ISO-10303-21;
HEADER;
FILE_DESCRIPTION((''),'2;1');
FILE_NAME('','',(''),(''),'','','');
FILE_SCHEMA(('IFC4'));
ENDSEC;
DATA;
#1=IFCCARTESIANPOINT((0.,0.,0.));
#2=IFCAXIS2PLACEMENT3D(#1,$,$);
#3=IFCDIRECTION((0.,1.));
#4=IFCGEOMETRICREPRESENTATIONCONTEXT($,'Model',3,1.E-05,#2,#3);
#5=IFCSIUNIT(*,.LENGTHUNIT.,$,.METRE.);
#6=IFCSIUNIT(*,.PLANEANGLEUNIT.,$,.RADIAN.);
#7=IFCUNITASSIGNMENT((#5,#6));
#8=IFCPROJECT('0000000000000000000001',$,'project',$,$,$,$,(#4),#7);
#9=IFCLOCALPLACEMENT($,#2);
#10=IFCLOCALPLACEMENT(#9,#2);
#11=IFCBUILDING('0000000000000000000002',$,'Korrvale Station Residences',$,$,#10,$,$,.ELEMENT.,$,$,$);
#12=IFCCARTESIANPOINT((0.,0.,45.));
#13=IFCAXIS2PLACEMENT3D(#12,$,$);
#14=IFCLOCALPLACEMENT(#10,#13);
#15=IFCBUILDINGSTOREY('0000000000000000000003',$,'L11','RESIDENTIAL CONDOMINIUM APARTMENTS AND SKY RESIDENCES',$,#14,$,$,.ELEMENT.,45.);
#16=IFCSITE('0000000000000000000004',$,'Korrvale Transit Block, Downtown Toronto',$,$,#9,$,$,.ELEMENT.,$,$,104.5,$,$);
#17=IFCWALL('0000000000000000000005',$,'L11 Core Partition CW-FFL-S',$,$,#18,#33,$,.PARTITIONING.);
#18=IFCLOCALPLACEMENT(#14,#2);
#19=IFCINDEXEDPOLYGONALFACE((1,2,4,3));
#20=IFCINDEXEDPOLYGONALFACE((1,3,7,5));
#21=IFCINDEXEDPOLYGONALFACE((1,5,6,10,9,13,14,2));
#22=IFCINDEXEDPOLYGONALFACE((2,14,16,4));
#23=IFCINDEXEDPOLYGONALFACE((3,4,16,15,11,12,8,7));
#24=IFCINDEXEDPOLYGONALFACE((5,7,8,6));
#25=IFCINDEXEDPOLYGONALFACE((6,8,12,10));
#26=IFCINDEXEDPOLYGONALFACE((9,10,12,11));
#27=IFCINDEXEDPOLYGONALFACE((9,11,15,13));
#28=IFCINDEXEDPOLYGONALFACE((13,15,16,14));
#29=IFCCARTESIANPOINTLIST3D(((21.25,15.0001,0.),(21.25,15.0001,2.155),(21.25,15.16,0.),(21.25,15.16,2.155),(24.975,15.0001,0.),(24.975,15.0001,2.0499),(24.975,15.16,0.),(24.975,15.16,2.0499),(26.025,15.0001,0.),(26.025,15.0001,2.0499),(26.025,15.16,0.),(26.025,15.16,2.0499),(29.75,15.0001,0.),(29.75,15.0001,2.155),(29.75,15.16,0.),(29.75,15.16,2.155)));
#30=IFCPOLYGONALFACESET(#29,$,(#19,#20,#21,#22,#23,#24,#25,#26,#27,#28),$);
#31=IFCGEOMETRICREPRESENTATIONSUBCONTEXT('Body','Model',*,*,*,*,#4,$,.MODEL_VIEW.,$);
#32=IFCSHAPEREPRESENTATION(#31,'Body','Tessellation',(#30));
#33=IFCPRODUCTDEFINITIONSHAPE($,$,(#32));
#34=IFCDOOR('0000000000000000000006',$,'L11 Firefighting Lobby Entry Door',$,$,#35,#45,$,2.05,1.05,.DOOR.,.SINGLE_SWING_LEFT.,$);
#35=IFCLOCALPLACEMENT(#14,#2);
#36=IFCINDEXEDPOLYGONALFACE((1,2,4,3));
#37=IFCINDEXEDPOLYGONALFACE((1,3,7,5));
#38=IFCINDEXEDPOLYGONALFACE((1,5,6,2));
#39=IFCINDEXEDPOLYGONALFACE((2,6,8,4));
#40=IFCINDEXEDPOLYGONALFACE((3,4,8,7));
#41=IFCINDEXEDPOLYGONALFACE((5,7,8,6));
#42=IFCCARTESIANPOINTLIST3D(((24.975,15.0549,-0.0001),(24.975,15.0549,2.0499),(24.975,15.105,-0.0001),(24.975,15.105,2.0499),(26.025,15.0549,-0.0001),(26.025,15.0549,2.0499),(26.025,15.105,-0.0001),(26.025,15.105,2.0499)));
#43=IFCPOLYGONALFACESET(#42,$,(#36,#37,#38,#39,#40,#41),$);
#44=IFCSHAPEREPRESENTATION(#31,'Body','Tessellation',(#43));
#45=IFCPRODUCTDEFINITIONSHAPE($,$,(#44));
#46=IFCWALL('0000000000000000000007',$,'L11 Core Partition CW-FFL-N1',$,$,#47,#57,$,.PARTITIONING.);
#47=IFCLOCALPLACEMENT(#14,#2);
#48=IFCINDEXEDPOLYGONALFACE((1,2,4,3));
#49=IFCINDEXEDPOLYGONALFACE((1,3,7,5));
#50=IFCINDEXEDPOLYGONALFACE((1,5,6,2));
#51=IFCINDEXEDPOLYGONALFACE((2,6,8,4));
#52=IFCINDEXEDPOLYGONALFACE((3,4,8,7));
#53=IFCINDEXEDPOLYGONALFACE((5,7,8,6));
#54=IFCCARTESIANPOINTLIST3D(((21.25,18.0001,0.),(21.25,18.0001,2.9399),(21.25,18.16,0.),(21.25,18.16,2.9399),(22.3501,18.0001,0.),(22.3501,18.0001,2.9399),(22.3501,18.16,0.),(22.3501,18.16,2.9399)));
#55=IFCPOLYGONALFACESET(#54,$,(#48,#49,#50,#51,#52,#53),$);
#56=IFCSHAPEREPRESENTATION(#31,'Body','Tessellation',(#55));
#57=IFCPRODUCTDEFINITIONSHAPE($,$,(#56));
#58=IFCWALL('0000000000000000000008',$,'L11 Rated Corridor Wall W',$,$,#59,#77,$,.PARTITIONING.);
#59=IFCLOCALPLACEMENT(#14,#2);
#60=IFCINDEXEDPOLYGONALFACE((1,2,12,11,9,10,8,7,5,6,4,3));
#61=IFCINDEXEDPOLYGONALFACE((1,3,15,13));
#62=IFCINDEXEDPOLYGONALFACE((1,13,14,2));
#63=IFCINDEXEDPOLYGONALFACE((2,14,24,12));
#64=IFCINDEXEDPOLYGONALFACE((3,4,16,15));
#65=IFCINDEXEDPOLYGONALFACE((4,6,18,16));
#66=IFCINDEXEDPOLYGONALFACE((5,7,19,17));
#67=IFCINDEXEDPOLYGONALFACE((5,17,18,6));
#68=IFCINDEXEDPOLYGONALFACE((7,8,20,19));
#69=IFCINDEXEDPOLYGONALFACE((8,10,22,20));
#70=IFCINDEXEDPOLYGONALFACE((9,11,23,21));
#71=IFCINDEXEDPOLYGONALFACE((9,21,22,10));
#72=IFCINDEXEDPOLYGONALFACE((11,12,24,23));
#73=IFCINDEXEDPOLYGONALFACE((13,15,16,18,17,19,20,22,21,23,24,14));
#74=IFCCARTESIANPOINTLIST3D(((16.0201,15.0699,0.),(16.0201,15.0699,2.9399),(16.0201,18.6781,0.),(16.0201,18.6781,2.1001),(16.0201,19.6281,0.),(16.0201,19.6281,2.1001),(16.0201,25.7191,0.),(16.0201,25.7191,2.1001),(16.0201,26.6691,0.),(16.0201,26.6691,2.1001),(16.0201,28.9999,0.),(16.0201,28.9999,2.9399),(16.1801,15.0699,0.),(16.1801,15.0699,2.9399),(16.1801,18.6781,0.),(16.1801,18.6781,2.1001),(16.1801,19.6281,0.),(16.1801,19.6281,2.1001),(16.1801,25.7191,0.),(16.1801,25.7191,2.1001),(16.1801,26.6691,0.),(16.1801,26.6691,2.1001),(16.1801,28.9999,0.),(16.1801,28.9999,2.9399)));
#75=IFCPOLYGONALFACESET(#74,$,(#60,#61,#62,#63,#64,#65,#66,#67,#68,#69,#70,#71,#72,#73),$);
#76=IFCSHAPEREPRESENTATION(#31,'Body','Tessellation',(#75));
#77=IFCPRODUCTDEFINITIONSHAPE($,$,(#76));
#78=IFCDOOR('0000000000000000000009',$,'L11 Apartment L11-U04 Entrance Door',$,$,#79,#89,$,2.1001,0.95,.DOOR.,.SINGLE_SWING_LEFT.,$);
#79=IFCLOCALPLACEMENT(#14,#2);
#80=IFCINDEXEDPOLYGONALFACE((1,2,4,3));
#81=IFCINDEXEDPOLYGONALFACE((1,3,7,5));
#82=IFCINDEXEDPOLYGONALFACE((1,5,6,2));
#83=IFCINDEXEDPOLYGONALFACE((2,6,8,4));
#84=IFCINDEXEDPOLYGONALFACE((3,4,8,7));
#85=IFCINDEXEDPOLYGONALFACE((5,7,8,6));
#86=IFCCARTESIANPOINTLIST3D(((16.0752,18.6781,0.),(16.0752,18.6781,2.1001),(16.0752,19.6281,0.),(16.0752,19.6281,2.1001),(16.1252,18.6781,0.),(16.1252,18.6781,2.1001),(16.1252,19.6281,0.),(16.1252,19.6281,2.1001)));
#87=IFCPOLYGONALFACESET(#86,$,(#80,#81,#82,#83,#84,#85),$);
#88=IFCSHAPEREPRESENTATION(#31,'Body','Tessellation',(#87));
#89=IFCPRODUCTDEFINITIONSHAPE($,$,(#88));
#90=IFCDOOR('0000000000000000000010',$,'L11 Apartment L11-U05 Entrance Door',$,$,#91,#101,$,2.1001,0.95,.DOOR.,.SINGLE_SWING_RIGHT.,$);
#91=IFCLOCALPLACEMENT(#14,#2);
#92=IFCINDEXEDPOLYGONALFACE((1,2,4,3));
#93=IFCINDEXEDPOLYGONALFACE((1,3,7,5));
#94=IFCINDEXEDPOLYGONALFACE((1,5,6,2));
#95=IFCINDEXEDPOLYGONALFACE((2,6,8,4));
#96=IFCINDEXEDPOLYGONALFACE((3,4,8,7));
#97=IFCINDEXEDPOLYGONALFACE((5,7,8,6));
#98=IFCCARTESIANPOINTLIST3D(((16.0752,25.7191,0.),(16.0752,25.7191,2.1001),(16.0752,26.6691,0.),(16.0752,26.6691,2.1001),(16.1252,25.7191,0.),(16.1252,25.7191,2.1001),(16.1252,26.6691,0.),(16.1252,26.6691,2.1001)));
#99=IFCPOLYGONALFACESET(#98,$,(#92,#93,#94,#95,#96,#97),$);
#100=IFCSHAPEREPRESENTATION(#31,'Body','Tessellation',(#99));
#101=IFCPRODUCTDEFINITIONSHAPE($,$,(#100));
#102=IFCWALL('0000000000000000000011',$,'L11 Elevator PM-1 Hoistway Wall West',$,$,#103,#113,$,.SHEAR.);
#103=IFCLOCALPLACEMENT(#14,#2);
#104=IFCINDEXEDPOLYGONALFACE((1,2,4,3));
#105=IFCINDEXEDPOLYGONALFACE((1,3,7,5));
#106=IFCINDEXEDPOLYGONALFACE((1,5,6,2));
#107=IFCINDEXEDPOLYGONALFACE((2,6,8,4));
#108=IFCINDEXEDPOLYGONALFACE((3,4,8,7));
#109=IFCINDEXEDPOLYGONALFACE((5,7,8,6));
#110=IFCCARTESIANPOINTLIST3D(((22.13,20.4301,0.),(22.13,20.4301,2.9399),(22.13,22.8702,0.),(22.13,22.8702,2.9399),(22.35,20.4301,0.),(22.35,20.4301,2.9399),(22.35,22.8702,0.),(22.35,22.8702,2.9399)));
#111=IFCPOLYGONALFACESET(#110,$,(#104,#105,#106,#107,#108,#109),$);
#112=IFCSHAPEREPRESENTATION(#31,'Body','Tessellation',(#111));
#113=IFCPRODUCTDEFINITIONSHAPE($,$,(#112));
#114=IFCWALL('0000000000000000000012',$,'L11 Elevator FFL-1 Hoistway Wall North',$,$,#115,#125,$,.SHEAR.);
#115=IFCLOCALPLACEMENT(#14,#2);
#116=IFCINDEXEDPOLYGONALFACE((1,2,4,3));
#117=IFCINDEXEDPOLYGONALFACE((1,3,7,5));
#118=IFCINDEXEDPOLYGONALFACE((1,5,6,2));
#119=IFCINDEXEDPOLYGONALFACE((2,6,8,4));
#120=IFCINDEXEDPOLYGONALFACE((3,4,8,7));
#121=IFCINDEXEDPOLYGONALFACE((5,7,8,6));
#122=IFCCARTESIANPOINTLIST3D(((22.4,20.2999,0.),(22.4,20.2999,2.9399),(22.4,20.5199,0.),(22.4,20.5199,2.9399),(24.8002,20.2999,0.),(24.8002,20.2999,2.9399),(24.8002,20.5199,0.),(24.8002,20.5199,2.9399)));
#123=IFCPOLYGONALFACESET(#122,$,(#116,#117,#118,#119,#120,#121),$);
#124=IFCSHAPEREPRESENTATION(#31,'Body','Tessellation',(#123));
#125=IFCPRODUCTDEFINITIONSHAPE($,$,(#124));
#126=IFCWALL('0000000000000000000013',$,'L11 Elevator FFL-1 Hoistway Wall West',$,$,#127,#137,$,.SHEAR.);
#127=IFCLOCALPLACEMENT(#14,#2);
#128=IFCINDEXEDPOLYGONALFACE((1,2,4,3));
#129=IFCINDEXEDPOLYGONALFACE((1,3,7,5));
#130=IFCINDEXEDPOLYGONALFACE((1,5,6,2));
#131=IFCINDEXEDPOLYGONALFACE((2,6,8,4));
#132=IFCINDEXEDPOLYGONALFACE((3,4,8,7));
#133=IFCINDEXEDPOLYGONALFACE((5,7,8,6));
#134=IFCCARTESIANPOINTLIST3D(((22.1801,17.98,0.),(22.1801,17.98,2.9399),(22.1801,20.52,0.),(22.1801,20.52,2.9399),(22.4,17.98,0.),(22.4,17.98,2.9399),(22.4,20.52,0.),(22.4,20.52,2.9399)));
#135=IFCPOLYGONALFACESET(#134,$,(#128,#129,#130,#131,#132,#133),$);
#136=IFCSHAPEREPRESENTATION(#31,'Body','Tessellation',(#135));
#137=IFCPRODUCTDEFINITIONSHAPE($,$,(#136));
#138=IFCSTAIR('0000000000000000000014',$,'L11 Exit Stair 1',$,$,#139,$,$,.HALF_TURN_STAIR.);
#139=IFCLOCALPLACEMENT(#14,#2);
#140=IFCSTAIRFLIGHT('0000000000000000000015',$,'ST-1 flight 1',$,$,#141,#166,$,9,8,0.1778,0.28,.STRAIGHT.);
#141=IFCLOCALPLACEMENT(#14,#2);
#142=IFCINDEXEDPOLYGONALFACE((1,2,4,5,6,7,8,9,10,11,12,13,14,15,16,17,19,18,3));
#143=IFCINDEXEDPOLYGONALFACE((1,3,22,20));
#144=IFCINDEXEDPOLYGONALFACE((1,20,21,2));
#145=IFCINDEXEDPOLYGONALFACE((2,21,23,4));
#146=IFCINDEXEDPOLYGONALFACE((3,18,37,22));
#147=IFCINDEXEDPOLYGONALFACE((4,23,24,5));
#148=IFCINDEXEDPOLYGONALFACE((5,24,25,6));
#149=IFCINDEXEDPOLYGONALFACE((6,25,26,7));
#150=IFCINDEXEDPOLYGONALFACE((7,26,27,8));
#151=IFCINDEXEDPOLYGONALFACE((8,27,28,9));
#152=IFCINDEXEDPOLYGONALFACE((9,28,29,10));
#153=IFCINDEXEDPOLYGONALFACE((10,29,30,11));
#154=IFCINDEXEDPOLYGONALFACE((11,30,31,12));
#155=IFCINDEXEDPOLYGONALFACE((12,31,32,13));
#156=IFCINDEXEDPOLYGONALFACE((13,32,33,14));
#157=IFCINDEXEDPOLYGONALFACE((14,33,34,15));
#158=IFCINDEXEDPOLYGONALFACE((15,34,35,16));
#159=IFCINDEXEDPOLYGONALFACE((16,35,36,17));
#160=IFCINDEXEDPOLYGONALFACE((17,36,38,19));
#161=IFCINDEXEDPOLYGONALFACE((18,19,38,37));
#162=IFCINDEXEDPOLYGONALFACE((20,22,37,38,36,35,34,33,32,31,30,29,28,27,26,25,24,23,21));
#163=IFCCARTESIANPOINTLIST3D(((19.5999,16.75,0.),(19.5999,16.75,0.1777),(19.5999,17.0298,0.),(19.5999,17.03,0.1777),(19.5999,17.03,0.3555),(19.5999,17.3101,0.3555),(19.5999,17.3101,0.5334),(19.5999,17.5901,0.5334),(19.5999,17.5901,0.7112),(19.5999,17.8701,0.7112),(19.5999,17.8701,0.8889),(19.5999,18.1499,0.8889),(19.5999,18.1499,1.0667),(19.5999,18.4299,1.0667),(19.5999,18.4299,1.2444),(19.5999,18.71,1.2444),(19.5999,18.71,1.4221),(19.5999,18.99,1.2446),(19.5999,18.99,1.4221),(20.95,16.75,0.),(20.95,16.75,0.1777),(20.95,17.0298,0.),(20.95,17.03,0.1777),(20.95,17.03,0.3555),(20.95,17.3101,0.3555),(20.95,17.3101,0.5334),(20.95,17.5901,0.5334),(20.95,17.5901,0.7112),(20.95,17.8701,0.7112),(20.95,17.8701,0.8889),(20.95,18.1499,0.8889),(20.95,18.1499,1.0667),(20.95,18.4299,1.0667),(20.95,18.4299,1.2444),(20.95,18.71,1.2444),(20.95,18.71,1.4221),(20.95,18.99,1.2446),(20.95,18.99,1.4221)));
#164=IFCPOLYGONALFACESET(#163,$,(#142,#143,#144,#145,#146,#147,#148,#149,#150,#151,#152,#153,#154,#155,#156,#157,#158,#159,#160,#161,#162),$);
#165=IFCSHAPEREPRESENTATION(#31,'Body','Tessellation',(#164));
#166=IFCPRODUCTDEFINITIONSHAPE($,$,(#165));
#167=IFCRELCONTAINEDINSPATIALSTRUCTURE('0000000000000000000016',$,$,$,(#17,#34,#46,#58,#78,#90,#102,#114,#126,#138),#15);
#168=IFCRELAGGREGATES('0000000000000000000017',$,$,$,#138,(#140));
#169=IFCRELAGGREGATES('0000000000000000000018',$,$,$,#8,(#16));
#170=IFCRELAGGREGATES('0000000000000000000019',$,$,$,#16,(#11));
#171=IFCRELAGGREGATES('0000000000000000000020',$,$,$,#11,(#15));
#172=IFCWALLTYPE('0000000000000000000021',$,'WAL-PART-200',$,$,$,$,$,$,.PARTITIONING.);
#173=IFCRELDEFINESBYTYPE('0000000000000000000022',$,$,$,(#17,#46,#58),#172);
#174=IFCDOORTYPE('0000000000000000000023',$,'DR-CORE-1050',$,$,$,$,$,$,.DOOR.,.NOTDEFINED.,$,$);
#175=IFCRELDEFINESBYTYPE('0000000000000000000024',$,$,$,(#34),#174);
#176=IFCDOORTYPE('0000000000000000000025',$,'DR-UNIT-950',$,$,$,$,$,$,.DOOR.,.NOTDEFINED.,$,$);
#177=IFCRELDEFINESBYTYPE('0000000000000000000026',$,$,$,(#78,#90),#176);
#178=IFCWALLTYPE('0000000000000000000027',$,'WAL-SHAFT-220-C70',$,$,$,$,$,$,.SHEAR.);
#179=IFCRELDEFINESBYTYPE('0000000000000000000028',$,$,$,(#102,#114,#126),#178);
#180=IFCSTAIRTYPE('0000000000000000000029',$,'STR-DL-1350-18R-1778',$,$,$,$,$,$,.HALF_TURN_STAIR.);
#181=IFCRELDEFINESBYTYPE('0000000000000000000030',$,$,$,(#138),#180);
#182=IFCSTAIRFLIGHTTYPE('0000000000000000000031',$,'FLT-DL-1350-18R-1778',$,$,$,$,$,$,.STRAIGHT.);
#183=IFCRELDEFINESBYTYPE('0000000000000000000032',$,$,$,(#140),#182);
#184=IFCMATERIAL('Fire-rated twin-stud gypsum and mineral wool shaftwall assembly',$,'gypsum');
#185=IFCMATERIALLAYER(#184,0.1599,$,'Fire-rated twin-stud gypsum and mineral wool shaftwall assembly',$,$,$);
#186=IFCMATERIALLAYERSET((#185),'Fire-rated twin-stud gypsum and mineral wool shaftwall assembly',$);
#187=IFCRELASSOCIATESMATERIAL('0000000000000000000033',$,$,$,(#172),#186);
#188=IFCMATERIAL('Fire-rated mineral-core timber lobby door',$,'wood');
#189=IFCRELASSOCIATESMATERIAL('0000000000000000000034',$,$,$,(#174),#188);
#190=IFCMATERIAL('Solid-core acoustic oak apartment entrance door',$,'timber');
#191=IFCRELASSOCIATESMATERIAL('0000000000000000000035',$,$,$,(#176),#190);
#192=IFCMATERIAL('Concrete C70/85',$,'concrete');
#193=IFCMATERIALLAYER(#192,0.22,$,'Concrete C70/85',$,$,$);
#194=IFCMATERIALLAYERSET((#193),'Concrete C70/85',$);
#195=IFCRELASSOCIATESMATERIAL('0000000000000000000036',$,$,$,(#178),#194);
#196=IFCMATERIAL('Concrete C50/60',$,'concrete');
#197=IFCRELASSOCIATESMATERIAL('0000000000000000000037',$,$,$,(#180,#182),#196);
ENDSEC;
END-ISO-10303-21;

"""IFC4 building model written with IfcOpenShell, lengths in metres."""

from ifc_helpers import new_model, si_unit, direction, frame, frame_2d, origin, place, context, subcontext, project, spatial, polyline, rectangle, outline, extrude, material, layer, layer_set, type_object, element, fill, aggregate, save


model = new_model("IFC4")

# Units and contexts
model_context = context("Model", 3, precision=1e-05, world=origin(), true_north=direction((0.0, 1.0)))
body_context = subcontext(model_context, "Body", "Model", "MODEL_VIEW")
ifc_project = project(units=[si_unit("LENGTHUNIT", "METRE"), si_unit("PLANEANGLEUNIT", "RADIAN")], contexts=[model_context])

# Site, building, storey
site_placement = place(None, origin())
site = spatial("IfcSite", under=ifc_project, at=site_placement, Name="Korrvale Transit Block, Downtown Toronto", CompositionType="ELEMENT", RefElevation=104.5)
building_placement = place(site_placement, origin())
building = spatial("IfcBuilding", under=site, at=building_placement, Name="Korrvale Station Residences", CompositionType="ELEMENT")
storey_placement = place(building_placement, frame((0.0, 0.0, 45.0)))
storey = spatial("IfcBuildingStorey", under=building, at=storey_placement, Name="L11", Description="RESIDENTIAL CONDOMINIUM APARTMENTS AND SKY RESIDENCES", CompositionType="ELEMENT", Elevation=45.0)

# Shared definitions
ifc_material_1 = material(Name="Concrete C70/85", Category="concrete")

# Wall, opening, door
ifc_material_2 = material(Name="Fire-rated twin-stud gypsum and mineral wool shaftwall assembly", Category="gypsum")
ifc_layer_1 = layer(ifc_material_2, 0.1599, Name="Fire-rated twin-stud gypsum and mineral wool shaftwall assembly")
ifc_layer_set_1 = layer_set([ifc_layer_1], Name="Fire-rated twin-stud gypsum and mineral wool shaftwall assembly")
wall_type_1 = type_object("IfcWallType", Name="WAL-PART-200", PredefinedType="PARTITIONING", material=ifc_layer_set_1)
wall_1_placement = place(storey_placement, frame((21.25, 15.0801, 0.0), z_axis=(0.0, 0.0, 1.0), x_axis=(1.0, 0.0, 0.0)))
wall_1 = element("IfcWall", 1, at=wall_1_placement, inside=storey, type_object=wall_type_1, Name="L11 Core Partition CW-FFL-S", PredefinedType="PARTITIONING", context=body_context, shape_type="SweptSolid", body=[
    extrude(rectangle(XDim=8.5, YDim=0.1599, at=frame_2d((4.25, 0.0))), origin(), (0.0, 0.0, 1.0), 2.155),
])
opening_1_placement = place(wall_1_placement, frame((3.7251, 0.0, 0.0)))
opening_1 = element("IfcOpeningElement", 2, at=opening_1_placement, cuts=wall_1, PredefinedType="OPENING", context=body_context, shape_type="SweptSolid", body=[
    extrude(rectangle(XDim=1.05, YDim=2.05, at=frame_2d((0.5249, 1.0249))), frame((0.0, 0.0898, 0.0), z_axis=(0.0, -1.0, 0.0), x_axis=(1.0, 0.0, 0.0)), (0.0, 0.0, 1.0), 0.1799),
])
ifc_material_3 = material(Name="Fire-rated mineral-core timber lobby door", Category="wood")
door_type_1 = type_object("IfcDoorType", Name="DR-CORE-1050", OperationType="NOTDEFINED", PredefinedType="DOOR", material=ifc_material_3)
door_1_placement = place(opening_1_placement, origin())
door_1 = element("IfcDoor", 3, at=door_1_placement, inside=storey, type_object=door_type_1, Name="L11 Firefighting Lobby Entry Door", OperationType="SINGLE_SWING_LEFT", OverallHeight=2.05, OverallWidth=1.05, PredefinedType="DOOR", context=body_context, shape_type="SweptSolid", body=[
    extrude(rectangle(XDim=1.05, YDim=2.05, at=frame_2d((0.5249, 1.0249))), frame((0.0, 0.0249, 0.0), z_axis=(0.0, -1.0, 0.0), x_axis=(1.0, 0.0, 0.0)), (0.0, 0.0, 1.0), 0.05),
])
fill(opening_1, door_1)

# Wall
wall_2_placement = place(storey_placement, frame((21.25, 18.0801, 0.0), z_axis=(0.0, 0.0, 1.0), x_axis=(1.0, 0.0, 0.0)))
element("IfcWall", 4, at=wall_2_placement, inside=storey, type_object=wall_type_1, Name="L11 Core Partition CW-FFL-N1", PredefinedType="PARTITIONING", context=body_context, shape_type="SweptSolid", body=[
    extrude(rectangle(XDim=1.1001, YDim=0.1599, at=frame_2d((0.55, 0.0))), origin(), (0.0, 0.0, 1.0), 2.9399),
])

# Wall, openings, doors
wall_3_placement = place(storey_placement, frame((16.1001, 15.0701, 0.0), z_axis=(0.0, 0.0, 1.0), x_axis=(0.0, 1.0, 0.0)))
wall_3 = element("IfcWall", 5, at=wall_3_placement, inside=storey, type_object=wall_type_1, Name="L11 Rated Corridor Wall W", PredefinedType="PARTITIONING", context=body_context, shape_type="SweptSolid", body=[
    extrude(rectangle(XDim=13.9299, YDim=0.1599, at=frame_2d((6.9648, 0.0))), origin(), (0.0, 0.0, 1.0), 2.9399),
])
opening_2_placement = place(wall_3_placement, frame((3.6079, 0.0, 0.0)))
opening_2 = element("IfcOpeningElement", 6, at=opening_2_placement, cuts=wall_3, PredefinedType="OPENING", context=body_context, shape_type="SweptSolid", body=[
    extrude(rectangle(XDim=0.95, YDim=2.1001, at=frame_2d((0.4751, 1.05))), frame((0.0, 0.0898, 0.0), z_axis=(0.0, -1.0, 0.0), x_axis=(1.0, 0.0, 0.0)), (0.0, 0.0, 1.0), 0.1799),
])
opening_3_placement = place(wall_3_placement, frame((10.6489, 0.0, 0.0)))
opening_3 = element("IfcOpeningElement", 7, at=opening_3_placement, cuts=wall_3, PredefinedType="OPENING", context=body_context, shape_type="SweptSolid", body=[
    extrude(rectangle(XDim=0.95, YDim=2.1001, at=frame_2d((0.4751, 1.05))), frame((0.0, 0.0898, 0.0), z_axis=(0.0, -1.0, 0.0), x_axis=(1.0, 0.0, 0.0)), (0.0, 0.0, 1.0), 0.1799),
])
ifc_material_4 = material(Name="Solid-core acoustic oak apartment entrance door", Category="timber")
door_type_2 = type_object("IfcDoorType", Name="DR-UNIT-950", OperationType="NOTDEFINED", PredefinedType="DOOR", material=ifc_material_4)
door_2_placement = place(opening_2_placement, origin())
door_2 = element("IfcDoor", 8, at=door_2_placement, inside=storey, type_object=door_type_2, Name="L11 Apartment L11-U04 Entrance Door", OperationType="SINGLE_SWING_LEFT", OverallHeight=2.1001, OverallWidth=0.95, PredefinedType="DOOR", context=body_context, shape_type="SweptSolid", body=[
    extrude(rectangle(XDim=0.95, YDim=2.1001, at=frame_2d((0.4751, 1.05))), frame((0.0, 0.0249, 0.0), z_axis=(0.0, -1.0, 0.0), x_axis=(1.0, 0.0, 0.0)), (0.0, 0.0, 1.0), 0.05),
])
fill(opening_2, door_2)
door_3_placement = place(opening_3_placement, origin())
door_3 = element("IfcDoor", 9, at=door_3_placement, inside=storey, type_object=door_type_2, Name="L11 Apartment L11-U05 Entrance Door", OperationType="SINGLE_SWING_RIGHT", OverallHeight=2.1001, OverallWidth=0.95, PredefinedType="DOOR", context=body_context, shape_type="SweptSolid", body=[
    extrude(rectangle(XDim=0.95, YDim=2.1001, at=frame_2d((0.4751, 1.05))), frame((0.0, 0.0249, 0.0), z_axis=(0.0, -1.0, 0.0), x_axis=(1.0, 0.0, 0.0)), (0.0, 0.0, 1.0), 0.05),
])
fill(opening_3, door_3)

# Wall
ifc_layer_2 = layer(ifc_material_1, 0.22, Name="Concrete C70/85")
ifc_layer_set_2 = layer_set([ifc_layer_2], Name="Concrete C70/85")
wall_type_2 = type_object("IfcWallType", Name="WAL-SHAFT-220-C70", PredefinedType="SHEAR", material=ifc_layer_set_2)
wall_4_placement = place(storey_placement, frame((22.24, 20.4299, 0.0), z_axis=(0.0, 0.0, 1.0), x_axis=(0.0, 1.0, 0.0)))
element("IfcWall", 10, at=wall_4_placement, inside=storey, type_object=wall_type_2, Name="L11 Elevator PM-1 Hoistway Wall West", PredefinedType="SHEAR", context=body_context, shape_type="SweptSolid", body=[
    extrude(rectangle(XDim=2.4402, YDim=0.22, at=frame_2d((1.2202, 0.0))), origin(), (0.0, 0.0, 1.0), 2.9399),
])

# Walls
wall_5_placement = place(storey_placement, frame((22.3999, 20.4099, 0.0), z_axis=(0.0, 0.0, 1.0), x_axis=(1.0, 0.0, 0.0)))
element("IfcWall", 11, at=wall_5_placement, inside=storey, type_object=wall_type_2, Name="L11 Elevator FFL-1 Hoistway Wall North", PredefinedType="SHEAR", context=body_context, shape_type="SweptSolid", body=[
    extrude(rectangle(XDim=2.4001, YDim=0.22, at=frame_2d((1.2002, 0.0))), origin(), (0.0, 0.0, 1.0), 2.9399),
])
wall_6_placement = place(storey_placement, frame((22.29, 17.98, 0.0), z_axis=(0.0, 0.0, 1.0), x_axis=(0.0, 1.0, 0.0)))
element("IfcWall", 12, at=wall_6_placement, inside=storey, type_object=wall_type_2, Name="L11 Elevator FFL-1 Hoistway Wall West", PredefinedType="SHEAR", context=body_context, shape_type="SweptSolid", body=[
    extrude(rectangle(XDim=2.54, YDim=0.22, at=frame_2d((1.27, 0.0))), origin(), (0.0, 0.0, 1.0), 2.9399),
])

# Stair, stair flight
ifc_material_5 = material(Name="Concrete C50/60", Category="concrete")
stair_type = type_object("IfcStairType", Name="STR-DL-1350-18R-1778", PredefinedType="HALF_TURN_STAIR", material=ifc_material_5)
stair_placement = place(storey_placement, origin())
stair = element("IfcStair", 13, at=stair_placement, inside=storey, type_object=stair_type, Name="L11 Exit Stair 1", PredefinedType="HALF_TURN_STAIR")
stair_flight_type = type_object("IfcStairFlightType", Name="FLT-DL-1350-18R-1778", PredefinedType="STRAIGHT", material=ifc_material_5)
stair_flight_1_placement = place(storey_placement, frame((20.2749, 16.75, 0.0), z_axis=(0.0, 0.0, 1.0), x_axis=(0.0, 1.0, 0.0)))
stair_flight_1 = element("IfcStairFlight", 14, at=stair_flight_1_placement, type_object=stair_flight_type, Name="ST-1 flight 1", NumberOfRisers=9, NumberOfTreads=8, PredefinedType="STRAIGHT", RiserHeight=0.1778, TreadLength=0.28, context=body_context, shape_type="SweptSolid", body=[
    extrude(outline(polyline([(0.0, 0.0), (0.0, 0.1777), (0.28, 0.1777), (0.28, 0.3555), (0.5601, 0.3555), (0.5601, 0.5334), (0.8401, 0.5334), (0.8401, 0.7112), (1.1201, 0.7112), (1.1201, 0.8889), (1.3999, 0.8889), (1.3999, 1.0667), (1.6799, 1.0667), (1.6799, 1.2444), (1.96, 1.2444), (1.96, 1.4221), (2.24, 1.4221), (2.24, 1.6001), (2.24, 1.2446), (0.2798, 0.0), (0.0, 0.0)])), frame((0.0, 0.675, 0.0), z_axis=(0.0, -1.0, 0.0), x_axis=(1.0, 0.0, 0.0)), (0.0, 0.0, 1.0), 1.3501),
])
aggregate(stair, [stair_flight_1])

save(model, "model.ifc")
